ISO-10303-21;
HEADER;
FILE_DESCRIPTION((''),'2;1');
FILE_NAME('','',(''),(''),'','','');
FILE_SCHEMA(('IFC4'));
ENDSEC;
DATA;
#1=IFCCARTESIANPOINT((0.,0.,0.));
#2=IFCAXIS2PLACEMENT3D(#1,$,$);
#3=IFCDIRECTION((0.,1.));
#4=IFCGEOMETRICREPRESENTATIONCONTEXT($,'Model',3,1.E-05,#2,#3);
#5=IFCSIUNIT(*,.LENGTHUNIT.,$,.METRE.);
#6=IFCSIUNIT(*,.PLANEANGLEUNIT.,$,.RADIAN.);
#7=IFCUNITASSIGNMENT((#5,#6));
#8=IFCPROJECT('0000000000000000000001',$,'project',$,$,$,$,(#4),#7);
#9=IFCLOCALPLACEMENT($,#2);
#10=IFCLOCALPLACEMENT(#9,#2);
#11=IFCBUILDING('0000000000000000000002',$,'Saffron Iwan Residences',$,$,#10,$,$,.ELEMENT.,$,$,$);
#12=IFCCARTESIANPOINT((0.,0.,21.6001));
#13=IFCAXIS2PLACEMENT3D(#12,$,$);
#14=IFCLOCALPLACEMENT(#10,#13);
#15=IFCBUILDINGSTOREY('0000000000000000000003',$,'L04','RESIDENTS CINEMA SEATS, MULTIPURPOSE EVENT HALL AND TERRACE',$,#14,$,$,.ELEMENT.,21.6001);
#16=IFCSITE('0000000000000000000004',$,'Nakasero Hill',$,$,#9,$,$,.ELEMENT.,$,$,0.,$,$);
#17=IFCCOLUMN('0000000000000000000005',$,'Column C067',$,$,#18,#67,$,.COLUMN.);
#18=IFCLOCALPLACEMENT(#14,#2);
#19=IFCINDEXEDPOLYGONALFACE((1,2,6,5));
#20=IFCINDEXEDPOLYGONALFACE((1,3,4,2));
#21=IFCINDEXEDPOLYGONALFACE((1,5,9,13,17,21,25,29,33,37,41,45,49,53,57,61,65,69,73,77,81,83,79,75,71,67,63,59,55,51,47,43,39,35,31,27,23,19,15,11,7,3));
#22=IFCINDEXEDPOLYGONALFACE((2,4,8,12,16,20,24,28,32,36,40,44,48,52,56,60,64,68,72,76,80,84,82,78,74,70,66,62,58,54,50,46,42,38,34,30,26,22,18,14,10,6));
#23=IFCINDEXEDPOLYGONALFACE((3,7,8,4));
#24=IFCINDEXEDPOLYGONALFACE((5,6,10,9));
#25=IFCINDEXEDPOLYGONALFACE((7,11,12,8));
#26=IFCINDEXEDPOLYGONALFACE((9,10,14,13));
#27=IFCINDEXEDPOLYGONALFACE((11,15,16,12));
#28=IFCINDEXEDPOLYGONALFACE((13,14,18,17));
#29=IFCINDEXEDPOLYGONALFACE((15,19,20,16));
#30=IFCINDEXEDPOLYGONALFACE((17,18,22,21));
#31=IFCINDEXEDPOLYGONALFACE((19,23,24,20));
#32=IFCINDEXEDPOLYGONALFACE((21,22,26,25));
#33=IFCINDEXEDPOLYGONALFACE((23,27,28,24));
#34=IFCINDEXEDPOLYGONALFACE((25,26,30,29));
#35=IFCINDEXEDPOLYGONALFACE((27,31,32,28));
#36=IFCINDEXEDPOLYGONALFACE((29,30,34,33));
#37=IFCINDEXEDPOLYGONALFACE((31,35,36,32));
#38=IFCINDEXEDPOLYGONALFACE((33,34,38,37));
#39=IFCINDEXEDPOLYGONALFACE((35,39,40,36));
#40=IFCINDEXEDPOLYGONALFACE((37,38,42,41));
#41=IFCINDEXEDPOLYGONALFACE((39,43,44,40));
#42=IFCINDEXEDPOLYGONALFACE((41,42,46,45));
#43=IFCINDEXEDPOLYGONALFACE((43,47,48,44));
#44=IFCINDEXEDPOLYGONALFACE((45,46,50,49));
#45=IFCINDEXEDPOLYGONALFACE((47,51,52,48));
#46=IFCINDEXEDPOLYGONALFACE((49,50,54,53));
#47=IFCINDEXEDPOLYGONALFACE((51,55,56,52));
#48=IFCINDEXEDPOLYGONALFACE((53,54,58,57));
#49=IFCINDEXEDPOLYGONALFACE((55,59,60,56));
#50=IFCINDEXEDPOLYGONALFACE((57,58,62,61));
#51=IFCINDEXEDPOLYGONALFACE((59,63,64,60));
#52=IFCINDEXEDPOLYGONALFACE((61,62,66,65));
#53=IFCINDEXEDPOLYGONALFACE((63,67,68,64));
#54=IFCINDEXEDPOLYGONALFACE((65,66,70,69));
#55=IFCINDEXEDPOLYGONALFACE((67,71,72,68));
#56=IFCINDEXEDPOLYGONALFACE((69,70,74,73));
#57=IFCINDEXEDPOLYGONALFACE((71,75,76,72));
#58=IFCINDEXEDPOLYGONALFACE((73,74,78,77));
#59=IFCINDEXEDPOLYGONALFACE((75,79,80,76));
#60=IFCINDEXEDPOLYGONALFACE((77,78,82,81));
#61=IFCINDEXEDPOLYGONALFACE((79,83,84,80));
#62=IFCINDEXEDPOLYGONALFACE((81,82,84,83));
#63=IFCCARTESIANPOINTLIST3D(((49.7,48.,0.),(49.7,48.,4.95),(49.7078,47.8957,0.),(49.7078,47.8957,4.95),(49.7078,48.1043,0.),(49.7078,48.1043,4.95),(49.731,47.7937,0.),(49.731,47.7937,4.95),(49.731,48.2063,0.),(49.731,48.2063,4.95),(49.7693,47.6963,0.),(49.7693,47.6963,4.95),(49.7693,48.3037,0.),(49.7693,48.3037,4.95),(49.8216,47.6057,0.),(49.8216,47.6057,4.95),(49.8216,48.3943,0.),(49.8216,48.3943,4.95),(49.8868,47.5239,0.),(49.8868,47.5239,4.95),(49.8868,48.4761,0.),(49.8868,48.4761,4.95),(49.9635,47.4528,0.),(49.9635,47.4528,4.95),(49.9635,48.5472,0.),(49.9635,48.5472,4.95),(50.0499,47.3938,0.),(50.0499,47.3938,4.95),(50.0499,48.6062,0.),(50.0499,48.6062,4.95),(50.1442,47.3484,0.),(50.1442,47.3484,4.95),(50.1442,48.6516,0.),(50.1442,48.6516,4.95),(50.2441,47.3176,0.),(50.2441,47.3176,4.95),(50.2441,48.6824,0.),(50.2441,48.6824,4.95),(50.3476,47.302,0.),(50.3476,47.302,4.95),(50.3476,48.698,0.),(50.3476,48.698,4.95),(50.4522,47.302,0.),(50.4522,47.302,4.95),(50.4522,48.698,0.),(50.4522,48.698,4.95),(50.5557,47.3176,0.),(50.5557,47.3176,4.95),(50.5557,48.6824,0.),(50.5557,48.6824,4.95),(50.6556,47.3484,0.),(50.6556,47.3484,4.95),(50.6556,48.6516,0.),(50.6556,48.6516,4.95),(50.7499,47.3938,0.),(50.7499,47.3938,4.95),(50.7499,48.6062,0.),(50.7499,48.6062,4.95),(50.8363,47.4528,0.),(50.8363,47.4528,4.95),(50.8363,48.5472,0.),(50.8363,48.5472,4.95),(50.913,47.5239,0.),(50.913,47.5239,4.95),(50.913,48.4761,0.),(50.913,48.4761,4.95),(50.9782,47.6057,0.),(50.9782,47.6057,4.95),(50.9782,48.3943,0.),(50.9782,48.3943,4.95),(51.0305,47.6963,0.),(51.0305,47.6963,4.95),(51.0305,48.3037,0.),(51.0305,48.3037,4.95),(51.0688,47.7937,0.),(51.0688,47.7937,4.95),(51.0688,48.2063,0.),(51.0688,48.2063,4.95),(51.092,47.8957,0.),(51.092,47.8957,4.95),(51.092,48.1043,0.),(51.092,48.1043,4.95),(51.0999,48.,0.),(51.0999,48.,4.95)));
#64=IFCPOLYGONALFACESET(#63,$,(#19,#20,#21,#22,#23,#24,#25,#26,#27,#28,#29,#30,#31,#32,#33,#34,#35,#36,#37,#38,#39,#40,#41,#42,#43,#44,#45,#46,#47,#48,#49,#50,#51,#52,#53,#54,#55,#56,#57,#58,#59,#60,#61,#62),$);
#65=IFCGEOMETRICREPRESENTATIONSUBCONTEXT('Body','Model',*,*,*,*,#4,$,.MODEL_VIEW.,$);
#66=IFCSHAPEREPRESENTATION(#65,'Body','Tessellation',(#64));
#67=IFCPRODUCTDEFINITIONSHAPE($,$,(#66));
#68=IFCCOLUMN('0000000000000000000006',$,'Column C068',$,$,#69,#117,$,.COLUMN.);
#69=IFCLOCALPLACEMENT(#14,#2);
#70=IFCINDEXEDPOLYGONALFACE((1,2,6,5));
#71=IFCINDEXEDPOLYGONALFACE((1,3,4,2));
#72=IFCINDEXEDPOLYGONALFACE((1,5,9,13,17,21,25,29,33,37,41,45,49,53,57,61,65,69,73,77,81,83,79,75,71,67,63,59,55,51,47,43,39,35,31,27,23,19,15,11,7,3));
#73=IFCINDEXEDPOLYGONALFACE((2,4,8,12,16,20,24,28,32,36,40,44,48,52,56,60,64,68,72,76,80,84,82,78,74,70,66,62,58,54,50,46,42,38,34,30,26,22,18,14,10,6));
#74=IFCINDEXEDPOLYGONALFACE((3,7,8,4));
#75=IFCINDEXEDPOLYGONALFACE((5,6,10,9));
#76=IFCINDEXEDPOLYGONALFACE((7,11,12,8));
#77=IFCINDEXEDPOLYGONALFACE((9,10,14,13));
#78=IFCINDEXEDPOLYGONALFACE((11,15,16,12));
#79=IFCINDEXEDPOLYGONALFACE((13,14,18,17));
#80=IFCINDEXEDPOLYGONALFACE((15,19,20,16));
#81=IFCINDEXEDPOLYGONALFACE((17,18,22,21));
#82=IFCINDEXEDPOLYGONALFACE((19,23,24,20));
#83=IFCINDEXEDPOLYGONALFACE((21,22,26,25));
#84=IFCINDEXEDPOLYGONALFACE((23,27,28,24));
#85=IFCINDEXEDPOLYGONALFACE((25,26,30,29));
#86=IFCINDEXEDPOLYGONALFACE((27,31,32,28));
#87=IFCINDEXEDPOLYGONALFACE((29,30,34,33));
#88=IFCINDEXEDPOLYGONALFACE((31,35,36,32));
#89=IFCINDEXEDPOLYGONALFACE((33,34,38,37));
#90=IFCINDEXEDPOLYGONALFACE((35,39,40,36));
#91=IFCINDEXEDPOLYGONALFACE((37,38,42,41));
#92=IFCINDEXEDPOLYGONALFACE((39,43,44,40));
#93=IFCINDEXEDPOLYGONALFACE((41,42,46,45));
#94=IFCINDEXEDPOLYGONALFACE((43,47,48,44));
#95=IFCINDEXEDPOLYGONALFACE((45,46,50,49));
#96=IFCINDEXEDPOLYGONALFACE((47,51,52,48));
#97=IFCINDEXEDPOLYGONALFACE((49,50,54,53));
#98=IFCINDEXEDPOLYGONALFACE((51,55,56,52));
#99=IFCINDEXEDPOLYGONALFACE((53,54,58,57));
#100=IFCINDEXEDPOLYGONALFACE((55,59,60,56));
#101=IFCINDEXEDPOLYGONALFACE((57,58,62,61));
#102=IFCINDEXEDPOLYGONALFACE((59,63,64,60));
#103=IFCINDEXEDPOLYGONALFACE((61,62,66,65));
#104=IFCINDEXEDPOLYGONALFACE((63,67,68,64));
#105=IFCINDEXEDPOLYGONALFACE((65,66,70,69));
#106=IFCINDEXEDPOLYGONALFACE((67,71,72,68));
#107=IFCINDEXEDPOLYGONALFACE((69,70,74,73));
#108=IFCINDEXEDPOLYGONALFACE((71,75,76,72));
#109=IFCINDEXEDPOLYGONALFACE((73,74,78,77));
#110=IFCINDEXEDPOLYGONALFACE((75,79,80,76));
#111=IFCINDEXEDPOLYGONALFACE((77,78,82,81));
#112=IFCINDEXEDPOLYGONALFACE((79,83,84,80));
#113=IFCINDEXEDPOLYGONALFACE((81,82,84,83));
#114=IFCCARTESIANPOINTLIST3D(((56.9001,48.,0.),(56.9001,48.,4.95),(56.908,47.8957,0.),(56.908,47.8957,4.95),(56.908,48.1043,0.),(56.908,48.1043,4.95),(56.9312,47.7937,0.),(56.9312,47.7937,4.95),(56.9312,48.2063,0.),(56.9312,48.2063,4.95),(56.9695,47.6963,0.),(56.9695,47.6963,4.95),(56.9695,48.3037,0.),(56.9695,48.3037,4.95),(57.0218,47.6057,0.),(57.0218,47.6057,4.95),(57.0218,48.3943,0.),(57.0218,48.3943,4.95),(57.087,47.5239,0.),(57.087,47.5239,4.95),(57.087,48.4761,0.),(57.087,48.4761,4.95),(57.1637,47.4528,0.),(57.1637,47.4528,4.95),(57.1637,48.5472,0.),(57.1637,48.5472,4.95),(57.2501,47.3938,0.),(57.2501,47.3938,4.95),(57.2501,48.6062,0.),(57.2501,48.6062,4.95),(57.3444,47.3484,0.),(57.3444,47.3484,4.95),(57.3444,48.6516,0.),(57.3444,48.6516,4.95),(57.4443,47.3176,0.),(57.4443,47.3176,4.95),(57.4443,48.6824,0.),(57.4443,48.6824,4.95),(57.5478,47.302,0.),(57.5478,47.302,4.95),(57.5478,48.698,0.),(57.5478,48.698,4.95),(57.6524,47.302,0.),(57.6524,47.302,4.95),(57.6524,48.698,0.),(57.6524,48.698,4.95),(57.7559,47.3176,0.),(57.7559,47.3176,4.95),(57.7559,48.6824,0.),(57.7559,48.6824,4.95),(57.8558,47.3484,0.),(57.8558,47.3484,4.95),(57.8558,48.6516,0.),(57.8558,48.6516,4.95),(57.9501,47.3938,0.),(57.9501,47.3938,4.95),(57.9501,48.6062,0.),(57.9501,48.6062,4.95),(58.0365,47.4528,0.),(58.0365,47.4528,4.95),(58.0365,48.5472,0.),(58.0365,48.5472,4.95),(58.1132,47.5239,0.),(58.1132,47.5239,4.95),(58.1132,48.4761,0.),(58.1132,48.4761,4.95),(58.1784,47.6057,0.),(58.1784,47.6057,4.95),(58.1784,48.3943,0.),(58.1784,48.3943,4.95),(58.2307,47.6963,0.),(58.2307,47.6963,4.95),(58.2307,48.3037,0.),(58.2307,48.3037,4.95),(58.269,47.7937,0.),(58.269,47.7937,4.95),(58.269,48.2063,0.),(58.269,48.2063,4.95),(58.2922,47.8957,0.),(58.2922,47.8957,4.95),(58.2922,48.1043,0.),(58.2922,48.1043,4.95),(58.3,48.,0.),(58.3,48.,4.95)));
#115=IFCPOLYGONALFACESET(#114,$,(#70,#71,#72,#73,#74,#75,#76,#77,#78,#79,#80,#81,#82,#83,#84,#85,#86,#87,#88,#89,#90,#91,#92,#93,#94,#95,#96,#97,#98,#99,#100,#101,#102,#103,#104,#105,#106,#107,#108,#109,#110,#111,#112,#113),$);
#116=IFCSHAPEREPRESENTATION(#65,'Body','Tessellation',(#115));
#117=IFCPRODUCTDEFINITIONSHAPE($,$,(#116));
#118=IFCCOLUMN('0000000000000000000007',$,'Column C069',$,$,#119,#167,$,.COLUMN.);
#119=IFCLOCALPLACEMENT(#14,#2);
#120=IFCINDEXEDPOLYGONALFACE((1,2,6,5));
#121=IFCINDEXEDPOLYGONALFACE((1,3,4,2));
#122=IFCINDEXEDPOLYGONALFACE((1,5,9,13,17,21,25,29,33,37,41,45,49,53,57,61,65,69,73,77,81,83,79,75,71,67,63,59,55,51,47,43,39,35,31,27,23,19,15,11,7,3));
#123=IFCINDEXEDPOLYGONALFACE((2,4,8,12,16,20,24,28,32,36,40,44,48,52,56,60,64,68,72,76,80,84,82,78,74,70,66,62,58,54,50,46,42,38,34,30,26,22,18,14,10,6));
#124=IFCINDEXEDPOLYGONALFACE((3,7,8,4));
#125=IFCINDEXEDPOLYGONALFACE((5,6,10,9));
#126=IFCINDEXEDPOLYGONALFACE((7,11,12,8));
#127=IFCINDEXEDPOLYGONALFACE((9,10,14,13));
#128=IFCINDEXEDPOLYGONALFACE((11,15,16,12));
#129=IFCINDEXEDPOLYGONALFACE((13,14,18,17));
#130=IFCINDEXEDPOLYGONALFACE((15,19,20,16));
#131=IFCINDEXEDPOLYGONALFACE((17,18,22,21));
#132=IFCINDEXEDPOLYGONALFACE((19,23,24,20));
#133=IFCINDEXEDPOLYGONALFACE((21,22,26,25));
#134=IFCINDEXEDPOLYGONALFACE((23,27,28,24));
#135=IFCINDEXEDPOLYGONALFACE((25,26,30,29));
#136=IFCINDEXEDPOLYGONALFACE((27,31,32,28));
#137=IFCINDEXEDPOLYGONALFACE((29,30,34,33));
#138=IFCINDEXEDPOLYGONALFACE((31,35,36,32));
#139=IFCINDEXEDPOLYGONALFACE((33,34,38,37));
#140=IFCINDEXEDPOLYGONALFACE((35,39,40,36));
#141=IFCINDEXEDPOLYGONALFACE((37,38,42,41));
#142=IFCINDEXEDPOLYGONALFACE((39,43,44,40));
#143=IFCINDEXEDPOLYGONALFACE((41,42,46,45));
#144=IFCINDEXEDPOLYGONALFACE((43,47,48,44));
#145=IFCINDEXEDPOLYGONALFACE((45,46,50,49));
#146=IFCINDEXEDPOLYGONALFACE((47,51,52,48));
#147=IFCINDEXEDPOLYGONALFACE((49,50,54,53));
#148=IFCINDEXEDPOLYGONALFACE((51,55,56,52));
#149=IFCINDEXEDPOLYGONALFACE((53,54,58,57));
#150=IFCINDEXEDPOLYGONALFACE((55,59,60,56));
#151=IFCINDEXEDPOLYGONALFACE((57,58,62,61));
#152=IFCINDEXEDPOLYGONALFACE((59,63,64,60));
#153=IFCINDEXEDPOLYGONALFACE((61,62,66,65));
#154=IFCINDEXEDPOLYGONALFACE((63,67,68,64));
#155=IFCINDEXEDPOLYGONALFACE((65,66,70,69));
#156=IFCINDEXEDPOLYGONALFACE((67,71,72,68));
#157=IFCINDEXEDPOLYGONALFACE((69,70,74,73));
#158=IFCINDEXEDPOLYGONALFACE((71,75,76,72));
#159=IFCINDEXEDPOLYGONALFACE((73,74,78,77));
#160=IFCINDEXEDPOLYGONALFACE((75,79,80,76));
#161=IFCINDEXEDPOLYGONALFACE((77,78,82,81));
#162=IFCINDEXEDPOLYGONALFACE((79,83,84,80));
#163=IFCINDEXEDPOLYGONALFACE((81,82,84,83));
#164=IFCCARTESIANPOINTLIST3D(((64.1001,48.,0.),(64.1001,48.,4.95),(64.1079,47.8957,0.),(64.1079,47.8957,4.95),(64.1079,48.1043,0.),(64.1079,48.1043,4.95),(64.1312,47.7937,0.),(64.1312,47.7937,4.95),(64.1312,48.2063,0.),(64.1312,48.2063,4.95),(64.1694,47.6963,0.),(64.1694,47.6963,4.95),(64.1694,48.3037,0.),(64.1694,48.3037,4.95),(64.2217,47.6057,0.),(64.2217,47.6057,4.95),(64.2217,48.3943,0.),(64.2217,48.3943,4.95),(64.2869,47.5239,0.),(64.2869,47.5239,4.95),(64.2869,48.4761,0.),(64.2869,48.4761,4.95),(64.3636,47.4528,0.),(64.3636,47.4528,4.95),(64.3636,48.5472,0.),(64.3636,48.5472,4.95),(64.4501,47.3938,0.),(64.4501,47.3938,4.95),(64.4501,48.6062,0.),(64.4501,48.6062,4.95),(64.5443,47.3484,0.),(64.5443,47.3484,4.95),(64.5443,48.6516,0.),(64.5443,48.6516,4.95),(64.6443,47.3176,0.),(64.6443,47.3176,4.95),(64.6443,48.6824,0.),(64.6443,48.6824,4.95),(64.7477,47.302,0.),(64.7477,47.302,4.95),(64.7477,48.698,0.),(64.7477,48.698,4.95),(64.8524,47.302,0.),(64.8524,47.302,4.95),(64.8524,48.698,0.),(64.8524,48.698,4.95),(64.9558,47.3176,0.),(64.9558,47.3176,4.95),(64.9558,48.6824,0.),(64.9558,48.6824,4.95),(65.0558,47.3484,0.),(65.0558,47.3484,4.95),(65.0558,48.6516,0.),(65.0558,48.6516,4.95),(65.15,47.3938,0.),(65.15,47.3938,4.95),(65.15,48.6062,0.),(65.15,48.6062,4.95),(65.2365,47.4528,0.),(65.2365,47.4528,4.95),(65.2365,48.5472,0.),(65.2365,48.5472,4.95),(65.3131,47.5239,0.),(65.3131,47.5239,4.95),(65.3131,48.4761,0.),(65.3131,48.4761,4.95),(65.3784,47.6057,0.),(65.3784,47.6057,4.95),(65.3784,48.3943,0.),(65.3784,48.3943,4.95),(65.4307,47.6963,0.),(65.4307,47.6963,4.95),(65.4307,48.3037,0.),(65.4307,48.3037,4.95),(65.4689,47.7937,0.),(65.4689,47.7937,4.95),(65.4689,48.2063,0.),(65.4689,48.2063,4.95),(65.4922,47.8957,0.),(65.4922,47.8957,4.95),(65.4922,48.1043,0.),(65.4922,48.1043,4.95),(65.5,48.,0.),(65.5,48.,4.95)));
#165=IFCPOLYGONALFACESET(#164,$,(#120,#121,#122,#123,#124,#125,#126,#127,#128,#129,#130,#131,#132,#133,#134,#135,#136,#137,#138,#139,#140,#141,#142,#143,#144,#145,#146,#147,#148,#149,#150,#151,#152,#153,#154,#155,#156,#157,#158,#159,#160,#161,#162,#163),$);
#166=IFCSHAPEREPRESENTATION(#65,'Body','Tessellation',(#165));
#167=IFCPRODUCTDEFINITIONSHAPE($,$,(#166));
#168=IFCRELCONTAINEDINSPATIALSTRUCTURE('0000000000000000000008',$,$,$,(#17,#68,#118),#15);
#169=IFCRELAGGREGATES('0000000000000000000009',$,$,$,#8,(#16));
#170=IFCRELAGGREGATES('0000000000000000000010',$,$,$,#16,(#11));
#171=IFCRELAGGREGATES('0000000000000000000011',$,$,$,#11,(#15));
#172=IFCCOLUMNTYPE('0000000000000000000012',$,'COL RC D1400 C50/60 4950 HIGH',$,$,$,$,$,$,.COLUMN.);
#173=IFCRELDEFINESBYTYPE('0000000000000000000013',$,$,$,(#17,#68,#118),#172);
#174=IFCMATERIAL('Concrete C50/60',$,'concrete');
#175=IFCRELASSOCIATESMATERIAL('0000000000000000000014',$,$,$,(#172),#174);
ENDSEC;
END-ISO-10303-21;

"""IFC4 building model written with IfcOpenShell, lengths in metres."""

from ifc_helpers import new_model, si_unit, direction, frame, origin, origin_2d, place, context, subcontext, project, spatial, circle, extrude, source, transform, mapped, material, material_profile, profile_set, type_object, element, save


model = new_model("IFC4")

# Units and contexts
model_context = context("Model", 3, precision=1e-05, world=origin(), true_north=direction((0.0, 1.0)))
body_context = subcontext(model_context, "Body", "Model", "MODEL_VIEW")
ifc_project = project(units=[si_unit("LENGTHUNIT", "METRE"), si_unit("PLANEANGLEUNIT", "RADIAN")], contexts=[model_context])

# Site, building, storey
site_placement = place(None, origin())
site = spatial("IfcSite", under=ifc_project, at=site_placement, Name="Nakasero Hill", CompositionType="ELEMENT", RefElevation=0.0)
building_placement = place(site_placement, origin())
building = spatial("IfcBuilding", under=site, at=building_placement, Name="Saffron Iwan Residences", CompositionType="ELEMENT")
storey_placement = place(building_placement, frame((0.0, 0.0, 21.6001)))
storey = spatial("IfcBuildingStorey", under=building, at=storey_placement, Name="L04", Description="RESIDENTS CINEMA SEATS, MULTIPURPOSE EVENT HALL AND TERRACE", CompositionType="ELEMENT", Elevation=21.6001)

# Columns
ifc_material_1 = material(Name="Concrete C50/60", Category="concrete")
ifc_material_profile_1 = material_profile(ifc_material_1, circle(Radius=0.7, at=origin_2d()), Name="RC D1400")
ifc_profile_set_1 = profile_set([ifc_material_profile_1], Name="Concrete C50/60")
column_type = type_object("IfcColumnType", Name="COL RC D1400 C50/60 4950 HIGH", PredefinedType="COLUMN", material=ifc_profile_set_1)
shared_shape_1 = source(origin(), body_context, "Body", "SweptSolid", [
    extrude(circle(Radius=0.7, at=origin_2d()), origin(), (0.0, 0.0, 1.0), 4.95),
])
for number, where, z_axis, x_axis, name in (
    (1, (50.3999, 48.0, 0.0), (0.0, 0.0, 1.0), (1.0, 0.0, 0.0), "Column C067"),
    (2, (57.6001, 48.0, 0.0), (0.0, 0.0, 1.0), (1.0, 0.0, 0.0), "Column C068"),
    (3, (64.8, 48.0, 0.0), (0.0, 0.0, 1.0), (1.0, 0.0, 0.0), "Column C069"),
):
    element("IfcColumn", number, at=place(storey_placement, frame(where, z_axis=z_axis, x_axis=x_axis)), inside=storey, type_object=column_type, Name=name, PredefinedType="COLUMN", context=body_context, shape_type="MappedRepresentation", body=[
        mapped(shared_shape_1, transform((0.0, 0.0, 0.0))),
    ])

save(model, "model.ifc")
